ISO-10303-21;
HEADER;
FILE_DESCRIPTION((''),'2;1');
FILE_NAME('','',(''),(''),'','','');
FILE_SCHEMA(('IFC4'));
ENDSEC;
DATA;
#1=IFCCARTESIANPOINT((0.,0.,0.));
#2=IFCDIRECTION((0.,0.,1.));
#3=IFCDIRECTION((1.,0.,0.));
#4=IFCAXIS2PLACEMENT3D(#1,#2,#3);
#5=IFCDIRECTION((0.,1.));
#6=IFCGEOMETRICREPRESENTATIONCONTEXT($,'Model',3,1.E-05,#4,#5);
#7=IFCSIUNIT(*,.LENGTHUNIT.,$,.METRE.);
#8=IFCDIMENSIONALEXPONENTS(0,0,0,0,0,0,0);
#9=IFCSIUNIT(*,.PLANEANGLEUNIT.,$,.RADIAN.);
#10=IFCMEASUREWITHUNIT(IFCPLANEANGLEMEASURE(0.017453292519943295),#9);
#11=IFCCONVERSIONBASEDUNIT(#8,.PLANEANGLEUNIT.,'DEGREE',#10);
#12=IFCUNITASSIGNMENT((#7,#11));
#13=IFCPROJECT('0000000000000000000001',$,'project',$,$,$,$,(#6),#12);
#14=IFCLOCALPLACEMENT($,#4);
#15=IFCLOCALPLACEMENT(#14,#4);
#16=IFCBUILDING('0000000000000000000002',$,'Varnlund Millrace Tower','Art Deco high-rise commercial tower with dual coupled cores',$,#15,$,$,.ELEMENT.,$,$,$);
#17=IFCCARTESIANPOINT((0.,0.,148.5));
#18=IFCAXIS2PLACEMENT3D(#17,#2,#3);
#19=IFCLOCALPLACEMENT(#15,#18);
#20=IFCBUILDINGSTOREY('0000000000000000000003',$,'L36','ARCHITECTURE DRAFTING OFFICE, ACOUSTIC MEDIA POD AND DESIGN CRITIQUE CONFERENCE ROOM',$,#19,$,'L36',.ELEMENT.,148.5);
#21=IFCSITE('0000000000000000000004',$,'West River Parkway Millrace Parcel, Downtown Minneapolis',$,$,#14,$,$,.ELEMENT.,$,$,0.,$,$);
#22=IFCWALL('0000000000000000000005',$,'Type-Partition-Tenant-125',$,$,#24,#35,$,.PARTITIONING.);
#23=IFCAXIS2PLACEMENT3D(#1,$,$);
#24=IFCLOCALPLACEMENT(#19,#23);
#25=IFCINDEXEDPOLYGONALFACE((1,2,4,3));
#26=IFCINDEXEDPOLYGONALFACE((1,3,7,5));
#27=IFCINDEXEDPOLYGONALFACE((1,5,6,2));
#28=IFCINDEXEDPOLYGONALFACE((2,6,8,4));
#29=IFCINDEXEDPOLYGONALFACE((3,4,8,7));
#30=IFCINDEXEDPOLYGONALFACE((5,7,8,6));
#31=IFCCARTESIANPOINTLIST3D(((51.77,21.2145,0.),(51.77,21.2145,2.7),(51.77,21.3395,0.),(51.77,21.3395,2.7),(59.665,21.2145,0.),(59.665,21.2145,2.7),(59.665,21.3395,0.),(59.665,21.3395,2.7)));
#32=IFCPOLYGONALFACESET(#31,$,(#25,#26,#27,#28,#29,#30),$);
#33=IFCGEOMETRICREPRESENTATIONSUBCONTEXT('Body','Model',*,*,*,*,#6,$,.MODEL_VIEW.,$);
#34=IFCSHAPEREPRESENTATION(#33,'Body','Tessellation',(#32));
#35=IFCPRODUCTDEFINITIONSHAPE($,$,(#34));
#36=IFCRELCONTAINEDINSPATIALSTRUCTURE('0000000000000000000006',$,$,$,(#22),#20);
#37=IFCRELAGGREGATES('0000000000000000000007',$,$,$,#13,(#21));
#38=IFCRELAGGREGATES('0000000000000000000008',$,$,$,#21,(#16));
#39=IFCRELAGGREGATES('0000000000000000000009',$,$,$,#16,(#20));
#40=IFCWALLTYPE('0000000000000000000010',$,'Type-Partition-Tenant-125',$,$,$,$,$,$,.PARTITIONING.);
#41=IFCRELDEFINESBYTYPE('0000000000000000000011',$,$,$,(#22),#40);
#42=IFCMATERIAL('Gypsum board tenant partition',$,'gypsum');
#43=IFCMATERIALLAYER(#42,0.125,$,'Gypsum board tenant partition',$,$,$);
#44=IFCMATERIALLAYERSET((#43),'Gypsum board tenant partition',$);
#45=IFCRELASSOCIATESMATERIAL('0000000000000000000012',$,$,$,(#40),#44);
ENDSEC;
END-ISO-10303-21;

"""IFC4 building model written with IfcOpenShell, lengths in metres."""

from ifc_helpers import new_model, entity, si_unit, converted_unit, direction, frame, origin_with_axes, place, context, subcontext, project, spatial, polyline, outline, extrude, material, layer, layer_set, type_object, element, save


model = new_model("IFC4")

# Units and contexts
model_context = context("Model", 3, precision=1e-05, world=origin_with_axes(), true_north=direction((0.0, 1.0)))
body_context = subcontext(model_context, "Body", "Model", "MODEL_VIEW")
ifc_project = project(units=[si_unit("LENGTHUNIT", "METRE"), converted_unit("PLANEANGLEUNIT", "DEGREE", entity("IfcPlaneAngleMeasure", 0.017453292519943295), si_unit("PLANEANGLEUNIT", "RADIAN"), dimensions=[0, 0, 0, 0, 0, 0, 0])], contexts=[model_context])

# Site, building, storey
site_placement = place(None, origin_with_axes())
site = spatial("IfcSite", under=ifc_project, at=site_placement, Name="West River Parkway Millrace Parcel, Downtown Minneapolis", CompositionType="ELEMENT", RefElevation=0.0)
building_placement = place(site_placement, origin_with_axes())
building = spatial("IfcBuilding", under=site, at=building_placement, Name="Varnlund Millrace Tower", Description="Art Deco high-rise commercial tower with dual coupled cores", CompositionType="ELEMENT")
storey_placement = place(building_placement, frame((0.0, 0.0, 148.5), z_axis=(0.0, 0.0, 1.0), x_axis=(1.0, 0.0, 0.0)))
storey = spatial("IfcBuildingStorey", under=building, at=storey_placement, Name="L36", Description="ARCHITECTURE DRAFTING OFFICE, ACOUSTIC MEDIA POD AND DESIGN CRITIQUE CONFERENCE ROOM", LongName="L36", CompositionType="ELEMENT", Elevation=148.5)

# Wall
ifc_material_1 = material(Name="Gypsum board tenant partition", Category="gypsum")
ifc_layer_1 = layer(ifc_material_1, 0.125, Name="Gypsum board tenant partition")
ifc_layer_set_1 = layer_set([ifc_layer_1], Name="Gypsum board tenant partition")
wall_type_1 = type_object("IfcWallType", Name="Type-Partition-Tenant-125", PredefinedType="PARTITIONING", material=ifc_layer_set_1)
wall_1_placement = place(storey_placement, frame((51.77, 21.277, 0.0), z_axis=(0.0, 0.0, 1.0), x_axis=(1.0, 0.0, 0.0)))
element("IfcWall", 1, at=wall_1_placement, inside=storey, type_object=wall_type_1, Name="Type-Partition-Tenant-125", PredefinedType="PARTITIONING", context=body_context, shape_type="SweptSolid", body=[
    extrude(outline(polyline([(0.0, -0.0625), (7.895, -0.0625), (7.895, 0.0625), (0.0, 0.0625), (0.0, -0.0625)])), origin_with_axes(), (0.0, 0.0, 1.0), 2.7),
])

save(model, "model.ifc")
